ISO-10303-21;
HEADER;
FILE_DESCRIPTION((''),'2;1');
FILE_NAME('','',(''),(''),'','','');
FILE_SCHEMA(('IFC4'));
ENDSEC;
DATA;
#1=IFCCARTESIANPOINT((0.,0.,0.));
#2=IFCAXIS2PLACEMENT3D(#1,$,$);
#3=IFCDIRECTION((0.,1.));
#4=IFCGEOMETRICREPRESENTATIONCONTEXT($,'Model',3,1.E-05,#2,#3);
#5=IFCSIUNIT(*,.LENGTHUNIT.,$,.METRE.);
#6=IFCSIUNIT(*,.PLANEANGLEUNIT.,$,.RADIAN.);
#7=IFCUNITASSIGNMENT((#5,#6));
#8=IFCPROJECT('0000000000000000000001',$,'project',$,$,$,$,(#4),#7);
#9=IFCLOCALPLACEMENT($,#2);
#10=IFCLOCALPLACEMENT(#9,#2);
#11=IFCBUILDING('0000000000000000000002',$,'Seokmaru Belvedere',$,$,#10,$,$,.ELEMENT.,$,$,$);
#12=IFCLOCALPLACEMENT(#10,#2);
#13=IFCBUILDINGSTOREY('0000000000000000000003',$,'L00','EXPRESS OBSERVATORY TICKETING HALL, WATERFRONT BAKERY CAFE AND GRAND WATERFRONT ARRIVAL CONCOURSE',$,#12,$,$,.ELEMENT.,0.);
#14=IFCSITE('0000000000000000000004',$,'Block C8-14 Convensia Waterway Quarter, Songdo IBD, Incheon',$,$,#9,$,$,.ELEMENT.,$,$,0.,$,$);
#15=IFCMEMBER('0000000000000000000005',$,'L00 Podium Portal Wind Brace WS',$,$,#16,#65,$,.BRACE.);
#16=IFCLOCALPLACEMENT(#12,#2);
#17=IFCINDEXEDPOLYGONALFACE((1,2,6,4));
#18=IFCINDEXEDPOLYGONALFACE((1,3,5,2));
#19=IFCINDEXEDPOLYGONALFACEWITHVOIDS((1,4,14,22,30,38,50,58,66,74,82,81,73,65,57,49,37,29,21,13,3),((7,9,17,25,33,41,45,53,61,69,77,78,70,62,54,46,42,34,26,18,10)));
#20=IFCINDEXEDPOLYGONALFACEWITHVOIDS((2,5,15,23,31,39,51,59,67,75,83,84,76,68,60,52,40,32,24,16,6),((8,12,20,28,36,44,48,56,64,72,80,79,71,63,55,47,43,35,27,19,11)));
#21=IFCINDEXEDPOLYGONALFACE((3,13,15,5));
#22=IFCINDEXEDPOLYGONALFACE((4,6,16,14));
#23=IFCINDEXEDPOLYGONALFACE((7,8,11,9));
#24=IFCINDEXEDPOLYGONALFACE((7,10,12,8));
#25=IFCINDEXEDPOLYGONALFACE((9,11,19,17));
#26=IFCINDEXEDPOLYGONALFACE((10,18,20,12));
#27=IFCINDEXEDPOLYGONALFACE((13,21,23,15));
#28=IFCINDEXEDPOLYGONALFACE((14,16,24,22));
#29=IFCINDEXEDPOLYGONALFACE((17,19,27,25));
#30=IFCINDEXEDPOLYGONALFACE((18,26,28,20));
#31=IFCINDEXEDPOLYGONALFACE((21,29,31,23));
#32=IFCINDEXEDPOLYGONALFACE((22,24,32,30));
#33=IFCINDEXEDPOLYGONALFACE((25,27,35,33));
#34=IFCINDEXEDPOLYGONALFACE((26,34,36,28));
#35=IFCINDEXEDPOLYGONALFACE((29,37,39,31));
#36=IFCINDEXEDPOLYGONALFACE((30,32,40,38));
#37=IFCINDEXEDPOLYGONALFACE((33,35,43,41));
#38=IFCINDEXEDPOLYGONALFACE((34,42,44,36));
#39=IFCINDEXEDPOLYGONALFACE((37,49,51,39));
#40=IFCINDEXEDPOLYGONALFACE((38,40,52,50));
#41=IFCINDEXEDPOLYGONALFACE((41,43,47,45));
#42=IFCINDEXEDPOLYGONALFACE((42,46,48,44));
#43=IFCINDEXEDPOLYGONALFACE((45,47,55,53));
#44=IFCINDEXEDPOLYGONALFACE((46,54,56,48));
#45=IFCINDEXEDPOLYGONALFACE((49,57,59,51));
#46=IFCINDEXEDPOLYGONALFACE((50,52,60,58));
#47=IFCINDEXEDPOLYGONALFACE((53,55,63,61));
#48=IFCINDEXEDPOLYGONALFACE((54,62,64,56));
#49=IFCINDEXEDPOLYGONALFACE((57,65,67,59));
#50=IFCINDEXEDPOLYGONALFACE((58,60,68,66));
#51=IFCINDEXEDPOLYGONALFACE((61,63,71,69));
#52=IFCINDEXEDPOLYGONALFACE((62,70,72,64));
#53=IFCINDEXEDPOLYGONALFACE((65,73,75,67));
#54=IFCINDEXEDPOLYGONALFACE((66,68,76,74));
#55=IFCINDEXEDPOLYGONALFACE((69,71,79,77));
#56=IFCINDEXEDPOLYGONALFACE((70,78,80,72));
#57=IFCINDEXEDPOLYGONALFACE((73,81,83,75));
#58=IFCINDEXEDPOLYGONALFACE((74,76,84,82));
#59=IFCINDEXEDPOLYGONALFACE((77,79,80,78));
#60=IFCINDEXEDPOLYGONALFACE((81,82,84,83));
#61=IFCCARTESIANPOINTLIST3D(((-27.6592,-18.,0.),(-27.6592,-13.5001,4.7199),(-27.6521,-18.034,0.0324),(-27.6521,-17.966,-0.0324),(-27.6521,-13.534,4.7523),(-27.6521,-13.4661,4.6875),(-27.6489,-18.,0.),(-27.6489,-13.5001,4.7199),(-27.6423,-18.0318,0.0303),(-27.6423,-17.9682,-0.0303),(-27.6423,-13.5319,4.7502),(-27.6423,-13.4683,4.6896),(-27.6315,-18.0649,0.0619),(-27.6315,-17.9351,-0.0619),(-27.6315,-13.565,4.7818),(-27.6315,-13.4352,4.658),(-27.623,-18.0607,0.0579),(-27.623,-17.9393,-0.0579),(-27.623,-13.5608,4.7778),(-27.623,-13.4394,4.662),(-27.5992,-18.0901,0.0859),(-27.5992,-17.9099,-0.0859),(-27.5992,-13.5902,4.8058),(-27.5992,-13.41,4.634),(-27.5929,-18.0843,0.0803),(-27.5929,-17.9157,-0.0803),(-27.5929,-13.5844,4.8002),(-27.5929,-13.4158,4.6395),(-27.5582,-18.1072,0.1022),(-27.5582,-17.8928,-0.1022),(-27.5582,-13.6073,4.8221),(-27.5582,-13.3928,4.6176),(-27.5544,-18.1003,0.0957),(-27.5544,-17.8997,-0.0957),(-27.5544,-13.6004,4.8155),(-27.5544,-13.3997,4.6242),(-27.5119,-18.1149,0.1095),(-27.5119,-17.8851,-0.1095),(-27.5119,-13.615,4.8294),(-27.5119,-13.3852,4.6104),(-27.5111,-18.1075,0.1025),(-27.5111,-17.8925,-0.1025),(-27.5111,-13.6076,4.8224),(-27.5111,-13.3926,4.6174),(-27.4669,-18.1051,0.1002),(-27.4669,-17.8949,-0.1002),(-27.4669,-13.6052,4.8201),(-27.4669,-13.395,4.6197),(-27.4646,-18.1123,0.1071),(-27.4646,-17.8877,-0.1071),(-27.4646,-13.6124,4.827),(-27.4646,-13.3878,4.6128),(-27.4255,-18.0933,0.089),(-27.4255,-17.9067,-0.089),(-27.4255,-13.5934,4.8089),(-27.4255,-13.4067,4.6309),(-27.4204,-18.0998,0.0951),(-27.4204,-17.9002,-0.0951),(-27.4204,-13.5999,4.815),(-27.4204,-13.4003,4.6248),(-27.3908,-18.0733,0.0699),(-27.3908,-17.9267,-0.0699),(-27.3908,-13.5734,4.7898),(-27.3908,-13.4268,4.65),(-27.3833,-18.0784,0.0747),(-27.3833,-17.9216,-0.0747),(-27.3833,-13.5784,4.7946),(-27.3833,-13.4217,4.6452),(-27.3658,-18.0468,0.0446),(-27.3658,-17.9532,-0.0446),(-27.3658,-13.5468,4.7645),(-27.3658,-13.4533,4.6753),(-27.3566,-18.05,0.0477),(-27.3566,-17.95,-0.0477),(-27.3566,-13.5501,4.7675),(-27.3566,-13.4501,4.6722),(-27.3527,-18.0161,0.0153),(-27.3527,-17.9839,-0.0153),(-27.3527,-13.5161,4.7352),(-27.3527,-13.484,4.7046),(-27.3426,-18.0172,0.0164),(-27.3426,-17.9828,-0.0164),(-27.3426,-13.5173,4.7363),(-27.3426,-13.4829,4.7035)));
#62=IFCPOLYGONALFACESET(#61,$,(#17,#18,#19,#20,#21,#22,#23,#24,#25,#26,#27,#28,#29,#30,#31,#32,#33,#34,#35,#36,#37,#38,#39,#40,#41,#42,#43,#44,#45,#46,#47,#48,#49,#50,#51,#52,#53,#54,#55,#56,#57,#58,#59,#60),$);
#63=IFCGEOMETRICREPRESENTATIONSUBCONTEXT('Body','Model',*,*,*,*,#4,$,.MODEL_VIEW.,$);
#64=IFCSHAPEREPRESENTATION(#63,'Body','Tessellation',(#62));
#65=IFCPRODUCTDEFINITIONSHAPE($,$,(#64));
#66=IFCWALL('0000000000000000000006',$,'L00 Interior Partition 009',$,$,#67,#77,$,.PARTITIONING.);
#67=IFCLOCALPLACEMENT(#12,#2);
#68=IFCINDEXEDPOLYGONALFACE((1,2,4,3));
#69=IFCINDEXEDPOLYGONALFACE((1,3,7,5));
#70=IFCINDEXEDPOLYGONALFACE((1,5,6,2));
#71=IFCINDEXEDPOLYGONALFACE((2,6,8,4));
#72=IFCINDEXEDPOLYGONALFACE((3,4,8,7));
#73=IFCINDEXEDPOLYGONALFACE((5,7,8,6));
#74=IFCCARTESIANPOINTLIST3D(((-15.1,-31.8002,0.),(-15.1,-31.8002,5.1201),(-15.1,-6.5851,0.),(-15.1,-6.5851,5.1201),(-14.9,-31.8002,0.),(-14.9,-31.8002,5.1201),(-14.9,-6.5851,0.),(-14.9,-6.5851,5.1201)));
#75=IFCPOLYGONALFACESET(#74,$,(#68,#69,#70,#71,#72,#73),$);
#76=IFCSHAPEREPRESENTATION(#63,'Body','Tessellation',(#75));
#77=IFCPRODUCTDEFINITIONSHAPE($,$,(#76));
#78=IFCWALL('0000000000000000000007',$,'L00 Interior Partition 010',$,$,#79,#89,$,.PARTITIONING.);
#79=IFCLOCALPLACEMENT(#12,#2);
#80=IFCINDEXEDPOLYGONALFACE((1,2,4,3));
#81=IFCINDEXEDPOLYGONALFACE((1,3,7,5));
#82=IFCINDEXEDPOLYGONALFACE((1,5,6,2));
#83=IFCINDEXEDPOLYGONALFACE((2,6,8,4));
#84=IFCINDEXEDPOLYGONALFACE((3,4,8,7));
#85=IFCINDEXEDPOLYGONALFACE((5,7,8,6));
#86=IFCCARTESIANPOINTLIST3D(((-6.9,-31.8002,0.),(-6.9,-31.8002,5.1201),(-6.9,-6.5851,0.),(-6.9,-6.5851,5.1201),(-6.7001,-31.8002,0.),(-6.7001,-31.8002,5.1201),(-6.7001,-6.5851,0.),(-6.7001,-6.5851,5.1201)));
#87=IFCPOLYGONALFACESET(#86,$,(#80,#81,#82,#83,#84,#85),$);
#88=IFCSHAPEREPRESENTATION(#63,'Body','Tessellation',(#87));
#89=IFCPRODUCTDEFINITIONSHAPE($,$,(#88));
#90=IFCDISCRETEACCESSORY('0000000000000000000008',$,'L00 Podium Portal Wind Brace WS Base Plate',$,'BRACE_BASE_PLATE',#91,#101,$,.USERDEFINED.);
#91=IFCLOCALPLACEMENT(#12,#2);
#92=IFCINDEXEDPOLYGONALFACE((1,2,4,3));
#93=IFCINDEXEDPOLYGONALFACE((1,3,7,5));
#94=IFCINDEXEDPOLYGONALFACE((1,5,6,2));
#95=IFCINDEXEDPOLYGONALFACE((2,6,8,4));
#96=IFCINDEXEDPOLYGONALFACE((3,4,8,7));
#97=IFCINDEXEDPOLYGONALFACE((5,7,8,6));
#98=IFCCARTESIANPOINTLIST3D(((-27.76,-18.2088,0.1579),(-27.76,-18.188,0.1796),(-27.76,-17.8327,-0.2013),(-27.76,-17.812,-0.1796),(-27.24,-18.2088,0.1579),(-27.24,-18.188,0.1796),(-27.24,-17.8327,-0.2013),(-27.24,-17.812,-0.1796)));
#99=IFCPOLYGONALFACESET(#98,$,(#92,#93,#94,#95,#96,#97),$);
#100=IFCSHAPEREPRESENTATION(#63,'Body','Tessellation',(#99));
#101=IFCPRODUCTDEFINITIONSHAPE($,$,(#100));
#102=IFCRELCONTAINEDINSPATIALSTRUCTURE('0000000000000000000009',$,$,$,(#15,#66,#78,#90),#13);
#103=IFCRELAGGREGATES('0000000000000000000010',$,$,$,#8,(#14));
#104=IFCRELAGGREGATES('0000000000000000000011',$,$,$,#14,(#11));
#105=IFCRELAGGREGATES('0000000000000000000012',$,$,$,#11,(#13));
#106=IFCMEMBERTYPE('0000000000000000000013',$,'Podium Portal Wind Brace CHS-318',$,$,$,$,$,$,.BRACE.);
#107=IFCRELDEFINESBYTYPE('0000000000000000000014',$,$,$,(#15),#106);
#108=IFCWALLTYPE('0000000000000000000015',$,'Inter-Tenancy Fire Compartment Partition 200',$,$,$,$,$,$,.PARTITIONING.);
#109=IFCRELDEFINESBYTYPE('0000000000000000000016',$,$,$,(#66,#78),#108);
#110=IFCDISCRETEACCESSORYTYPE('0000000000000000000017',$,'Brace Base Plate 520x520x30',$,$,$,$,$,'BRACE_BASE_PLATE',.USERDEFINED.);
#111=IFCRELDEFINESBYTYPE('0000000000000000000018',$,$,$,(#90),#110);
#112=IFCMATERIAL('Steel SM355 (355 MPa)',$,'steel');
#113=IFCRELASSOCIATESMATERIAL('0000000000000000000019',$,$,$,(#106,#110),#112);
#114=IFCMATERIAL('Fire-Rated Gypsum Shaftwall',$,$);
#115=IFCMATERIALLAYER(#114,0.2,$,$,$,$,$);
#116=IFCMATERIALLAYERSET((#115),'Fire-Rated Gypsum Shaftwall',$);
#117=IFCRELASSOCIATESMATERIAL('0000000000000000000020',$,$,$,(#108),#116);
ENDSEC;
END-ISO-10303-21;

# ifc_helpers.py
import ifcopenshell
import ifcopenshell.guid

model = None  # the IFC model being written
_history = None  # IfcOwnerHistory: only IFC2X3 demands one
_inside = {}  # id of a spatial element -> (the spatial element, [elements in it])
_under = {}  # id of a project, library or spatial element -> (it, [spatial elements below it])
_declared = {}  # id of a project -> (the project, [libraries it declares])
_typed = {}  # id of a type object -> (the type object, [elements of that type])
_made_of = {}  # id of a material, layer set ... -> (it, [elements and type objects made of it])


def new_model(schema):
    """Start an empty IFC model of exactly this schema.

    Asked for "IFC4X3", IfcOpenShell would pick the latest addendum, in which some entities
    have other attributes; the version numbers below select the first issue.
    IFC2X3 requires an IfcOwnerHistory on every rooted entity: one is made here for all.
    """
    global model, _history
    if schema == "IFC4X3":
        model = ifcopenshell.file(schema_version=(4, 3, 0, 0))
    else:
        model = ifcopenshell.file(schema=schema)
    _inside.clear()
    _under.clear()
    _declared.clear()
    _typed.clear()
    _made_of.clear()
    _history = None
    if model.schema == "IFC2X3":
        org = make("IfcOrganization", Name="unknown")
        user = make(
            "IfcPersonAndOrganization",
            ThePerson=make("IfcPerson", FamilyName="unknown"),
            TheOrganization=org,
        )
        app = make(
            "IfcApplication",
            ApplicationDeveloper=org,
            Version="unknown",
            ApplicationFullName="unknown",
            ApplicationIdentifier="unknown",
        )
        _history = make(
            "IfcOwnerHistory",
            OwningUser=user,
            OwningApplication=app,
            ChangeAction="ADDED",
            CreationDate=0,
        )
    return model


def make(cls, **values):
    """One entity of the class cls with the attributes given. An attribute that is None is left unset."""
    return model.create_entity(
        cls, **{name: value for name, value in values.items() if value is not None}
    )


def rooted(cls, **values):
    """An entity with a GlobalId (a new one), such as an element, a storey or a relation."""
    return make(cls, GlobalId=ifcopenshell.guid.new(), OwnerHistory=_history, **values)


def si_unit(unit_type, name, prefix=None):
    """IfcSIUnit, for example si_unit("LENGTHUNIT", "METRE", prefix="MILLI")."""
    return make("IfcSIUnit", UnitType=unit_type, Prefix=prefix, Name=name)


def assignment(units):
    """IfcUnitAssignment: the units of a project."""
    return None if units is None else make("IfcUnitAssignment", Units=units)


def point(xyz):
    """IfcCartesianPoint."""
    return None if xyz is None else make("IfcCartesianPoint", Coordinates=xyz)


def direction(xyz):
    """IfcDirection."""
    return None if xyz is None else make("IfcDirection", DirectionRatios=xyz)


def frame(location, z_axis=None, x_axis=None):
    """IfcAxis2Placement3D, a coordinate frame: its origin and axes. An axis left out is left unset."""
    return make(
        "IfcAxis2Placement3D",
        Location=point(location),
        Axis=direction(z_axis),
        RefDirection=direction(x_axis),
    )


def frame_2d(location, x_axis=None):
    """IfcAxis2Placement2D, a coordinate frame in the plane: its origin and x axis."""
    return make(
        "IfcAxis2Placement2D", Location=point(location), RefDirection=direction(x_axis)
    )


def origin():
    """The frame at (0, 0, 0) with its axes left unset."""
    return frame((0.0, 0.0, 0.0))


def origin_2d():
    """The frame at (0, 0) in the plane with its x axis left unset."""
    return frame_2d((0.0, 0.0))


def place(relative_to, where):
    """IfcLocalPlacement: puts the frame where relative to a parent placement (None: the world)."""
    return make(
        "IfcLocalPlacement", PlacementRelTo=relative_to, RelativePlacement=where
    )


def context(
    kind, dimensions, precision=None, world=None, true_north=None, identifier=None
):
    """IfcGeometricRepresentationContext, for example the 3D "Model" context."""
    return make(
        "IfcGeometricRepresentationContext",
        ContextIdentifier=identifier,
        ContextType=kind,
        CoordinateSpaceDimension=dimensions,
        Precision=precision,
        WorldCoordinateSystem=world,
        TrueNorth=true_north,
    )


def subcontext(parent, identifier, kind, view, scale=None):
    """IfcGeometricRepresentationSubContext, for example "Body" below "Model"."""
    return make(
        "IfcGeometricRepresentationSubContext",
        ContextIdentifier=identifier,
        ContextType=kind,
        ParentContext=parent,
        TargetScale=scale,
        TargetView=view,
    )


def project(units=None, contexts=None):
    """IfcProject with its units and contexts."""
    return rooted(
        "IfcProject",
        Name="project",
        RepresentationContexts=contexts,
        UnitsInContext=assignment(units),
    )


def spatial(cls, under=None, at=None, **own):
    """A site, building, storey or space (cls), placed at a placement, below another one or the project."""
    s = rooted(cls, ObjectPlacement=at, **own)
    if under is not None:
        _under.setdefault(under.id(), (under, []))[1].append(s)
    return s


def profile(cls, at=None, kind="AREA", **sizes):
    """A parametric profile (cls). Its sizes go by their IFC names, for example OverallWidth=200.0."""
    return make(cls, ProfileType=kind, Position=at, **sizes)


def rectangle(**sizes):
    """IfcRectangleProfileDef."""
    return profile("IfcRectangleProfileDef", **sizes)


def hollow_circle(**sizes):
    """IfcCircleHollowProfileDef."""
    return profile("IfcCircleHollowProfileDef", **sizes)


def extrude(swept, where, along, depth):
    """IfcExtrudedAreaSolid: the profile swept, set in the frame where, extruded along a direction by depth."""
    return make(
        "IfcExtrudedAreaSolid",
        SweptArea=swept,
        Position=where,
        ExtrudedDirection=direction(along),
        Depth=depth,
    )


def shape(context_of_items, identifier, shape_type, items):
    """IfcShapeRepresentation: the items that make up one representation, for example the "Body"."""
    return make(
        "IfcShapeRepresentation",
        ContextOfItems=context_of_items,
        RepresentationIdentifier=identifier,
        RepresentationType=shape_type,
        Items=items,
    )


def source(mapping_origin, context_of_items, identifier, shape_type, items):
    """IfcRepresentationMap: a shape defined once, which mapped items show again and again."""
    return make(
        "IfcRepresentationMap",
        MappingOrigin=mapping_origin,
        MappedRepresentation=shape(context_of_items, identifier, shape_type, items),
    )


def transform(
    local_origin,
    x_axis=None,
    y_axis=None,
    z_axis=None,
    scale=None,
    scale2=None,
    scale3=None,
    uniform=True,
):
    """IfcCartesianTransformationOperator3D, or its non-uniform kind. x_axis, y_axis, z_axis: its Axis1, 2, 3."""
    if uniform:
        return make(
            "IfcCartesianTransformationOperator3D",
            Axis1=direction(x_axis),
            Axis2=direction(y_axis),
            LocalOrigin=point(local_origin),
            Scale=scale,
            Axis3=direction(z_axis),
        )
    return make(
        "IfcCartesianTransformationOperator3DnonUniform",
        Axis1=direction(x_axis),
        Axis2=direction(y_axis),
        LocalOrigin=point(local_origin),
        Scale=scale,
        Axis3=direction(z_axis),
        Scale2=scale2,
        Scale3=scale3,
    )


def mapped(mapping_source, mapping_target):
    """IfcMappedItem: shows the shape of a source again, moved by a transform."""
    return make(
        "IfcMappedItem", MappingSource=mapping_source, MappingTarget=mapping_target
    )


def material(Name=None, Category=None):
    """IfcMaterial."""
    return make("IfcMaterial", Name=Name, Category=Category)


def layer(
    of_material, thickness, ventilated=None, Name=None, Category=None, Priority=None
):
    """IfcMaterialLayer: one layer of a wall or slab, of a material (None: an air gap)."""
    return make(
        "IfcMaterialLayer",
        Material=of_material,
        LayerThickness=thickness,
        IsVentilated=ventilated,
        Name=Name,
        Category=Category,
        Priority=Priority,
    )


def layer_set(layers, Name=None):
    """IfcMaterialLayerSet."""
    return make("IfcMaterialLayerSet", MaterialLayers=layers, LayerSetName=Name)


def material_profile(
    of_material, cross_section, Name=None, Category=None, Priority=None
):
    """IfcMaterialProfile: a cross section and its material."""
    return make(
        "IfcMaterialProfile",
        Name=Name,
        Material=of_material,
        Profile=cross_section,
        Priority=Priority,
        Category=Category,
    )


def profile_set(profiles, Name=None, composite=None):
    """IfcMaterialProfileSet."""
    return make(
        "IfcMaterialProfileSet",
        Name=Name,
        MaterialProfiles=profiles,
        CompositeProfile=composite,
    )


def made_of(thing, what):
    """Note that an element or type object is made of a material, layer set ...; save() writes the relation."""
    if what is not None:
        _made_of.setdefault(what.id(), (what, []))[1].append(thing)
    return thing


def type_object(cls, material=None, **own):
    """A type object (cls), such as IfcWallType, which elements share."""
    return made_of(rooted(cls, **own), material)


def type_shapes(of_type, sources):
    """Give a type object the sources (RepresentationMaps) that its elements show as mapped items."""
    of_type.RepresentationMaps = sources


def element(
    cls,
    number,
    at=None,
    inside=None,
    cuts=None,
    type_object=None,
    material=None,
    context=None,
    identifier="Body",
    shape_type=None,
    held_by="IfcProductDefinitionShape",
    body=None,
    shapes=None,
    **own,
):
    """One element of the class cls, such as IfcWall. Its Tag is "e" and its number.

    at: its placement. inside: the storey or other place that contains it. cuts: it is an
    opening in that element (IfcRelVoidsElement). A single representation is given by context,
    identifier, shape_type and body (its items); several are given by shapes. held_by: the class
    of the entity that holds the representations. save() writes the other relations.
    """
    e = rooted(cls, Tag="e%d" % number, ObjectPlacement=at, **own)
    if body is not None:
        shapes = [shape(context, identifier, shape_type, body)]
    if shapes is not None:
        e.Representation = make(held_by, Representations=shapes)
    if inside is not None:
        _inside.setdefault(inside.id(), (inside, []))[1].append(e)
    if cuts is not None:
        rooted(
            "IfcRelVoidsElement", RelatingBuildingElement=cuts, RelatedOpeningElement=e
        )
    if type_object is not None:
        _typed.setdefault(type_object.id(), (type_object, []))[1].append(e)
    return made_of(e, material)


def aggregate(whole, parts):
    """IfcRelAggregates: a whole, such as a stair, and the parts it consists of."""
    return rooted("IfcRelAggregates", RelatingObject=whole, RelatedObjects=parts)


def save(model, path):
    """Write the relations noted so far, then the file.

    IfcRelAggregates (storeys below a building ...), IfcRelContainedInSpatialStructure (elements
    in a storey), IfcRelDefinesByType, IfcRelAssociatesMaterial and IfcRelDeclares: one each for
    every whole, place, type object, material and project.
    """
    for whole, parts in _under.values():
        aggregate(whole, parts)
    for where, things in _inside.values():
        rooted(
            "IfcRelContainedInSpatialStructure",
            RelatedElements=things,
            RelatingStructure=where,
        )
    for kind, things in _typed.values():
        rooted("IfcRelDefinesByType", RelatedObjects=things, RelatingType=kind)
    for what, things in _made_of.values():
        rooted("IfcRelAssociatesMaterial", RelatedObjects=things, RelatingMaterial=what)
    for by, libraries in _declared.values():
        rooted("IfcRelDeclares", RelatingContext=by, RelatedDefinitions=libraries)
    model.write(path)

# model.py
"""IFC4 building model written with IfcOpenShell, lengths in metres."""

from ifc_helpers import new_model, si_unit, direction, frame, frame_2d, origin, origin_2d, place, context, subcontext, project, spatial, rectangle, hollow_circle, extrude, source, transform, mapped, material, layer, layer_set, material_profile, profile_set, type_object, type_shapes, element, save


model = new_model("IFC4")

# Units and contexts
model_context = context("Model", 3, precision=1e-05, world=origin(), true_north=direction((0.0, 1.0)))
body_context = subcontext(model_context, "Body", "Model", "MODEL_VIEW")
ifc_project = project(units=[si_unit("LENGTHUNIT", "METRE"), si_unit("PLANEANGLEUNIT", "RADIAN")], contexts=[model_context])

# Site, building, storey
site_placement = place(None, origin())
site = spatial("IfcSite", under=ifc_project, at=site_placement, Name="Block C8-14 Convensia Waterway Quarter, Songdo IBD, Incheon", CompositionType="ELEMENT", RefElevation=0.0)
building_placement = place(site_placement, origin())
building = spatial("IfcBuilding", under=site, at=building_placement, Name="Seokmaru Belvedere", CompositionType="ELEMENT")
storey_placement = place(building_placement, origin())
storey = spatial("IfcBuildingStorey", under=building, at=storey_placement, Name="L00", Description="EXPRESS OBSERVATORY TICKETING HALL, WATERFRONT BAKERY CAFE AND GRAND WATERFRONT ARRIVAL CONCOURSE", CompositionType="ELEMENT", Elevation=0.0)

# Shared definitions
ifc_material_1 = material(Name="Steel SM355 (355 MPa)", Category="steel")

# Member
ifc_material_profile_1 = material_profile(ifc_material_1, hollow_circle(Radius=0.1592, WallThickness=0.0103, at=origin_2d()), Name="CHS-318.5x10.3")
ifc_profile_set_1 = profile_set([ifc_material_profile_1], Name="Steel SM355 (355 MPa)")
member_type = type_object("IfcMemberType", Name="Podium Portal Wind Brace CHS-318", PredefinedType="BRACE", material=ifc_profile_set_1)
shared_shape_1 = source(origin(), body_context, "Body", "SweptSolid", [
    extrude(hollow_circle(Radius=0.1592, WallThickness=0.0103, at=origin_2d()), origin(), (0.0, 0.0, 1.0), 6.5212),
])
type_shapes(member_type, [shared_shape_1])
member_placement = place(storey_placement, frame((-27.5, -18.0, 0.0), z_axis=(0.0, 0.69004, 0.723771), x_axis=(-1.0, 0.0, 0.0)))
element("IfcMember", 1, at=member_placement, inside=storey, type_object=member_type, Name="L00 Podium Portal Wind Brace WS", PredefinedType="BRACE", context=body_context, shape_type="MappedRepresentation", body=[
    mapped(shared_shape_1, transform((0.0, 0.0, 0.0), scale=1.0)),
])

# Walls
ifc_material_2 = material(Name="Fire-Rated Gypsum Shaftwall")
ifc_layer = layer(ifc_material_2, 0.2)
ifc_layer_set = layer_set([ifc_layer], Name="Fire-Rated Gypsum Shaftwall")
wall_type = type_object("IfcWallType", Name="Inter-Tenancy Fire Compartment Partition 200", PredefinedType="PARTITIONING", material=ifc_layer_set)
for number, where, z_axis, x_axis, name in (
    (2, (-15.0, -31.8, 0.0), (0.0, 0.0, 1.0), (0.0, 1.0, 0.0), "L00 Interior Partition 009"),
    (3, (-6.8, -31.8, 0.0), (0.0, 0.0, 1.0), (0.0, 1.0, 0.0), "L00 Interior Partition 010"),
):
    element("IfcWall", number, at=place(storey_placement, frame(where, z_axis=z_axis, x_axis=x_axis)), inside=storey, type_object=wall_type, Name=name, PredefinedType="PARTITIONING", context=body_context, shape_type="SweptSolid", body=[
        extrude(rectangle(XDim=25.2151, YDim=0.2, at=frame_2d((12.6074, 0.0))), origin(), (0.0, 0.0, 1.0), 5.1201),
    ])

# Discrete accessory
discrete_accessory_type = type_object("IfcDiscreteAccessoryType", Name="Brace Base Plate 520x520x30", ElementType="BRACE_BASE_PLATE", PredefinedType="USERDEFINED", material=ifc_material_1)
discrete_accessory_placement = place(storey_placement, frame((-27.5, -18.0, 0.0), z_axis=(0.0, -0.690669, -0.723171), x_axis=(1.0, 0.0, 0.0)))
element("IfcDiscreteAccessory", 4, at=discrete_accessory_placement, inside=storey, type_object=discrete_accessory_type, Name="L00 Podium Portal Wind Brace WS Base Plate", ObjectType="BRACE_BASE_PLATE", PredefinedType="USERDEFINED", context=body_context, shape_type="SweptSolid", body=[
    extrude(rectangle(XDim=0.52, YDim=0.52, at=origin_2d()), origin(), (0.0, 0.0, 1.0), 0.03),
])

save(model, "model.ifc")
